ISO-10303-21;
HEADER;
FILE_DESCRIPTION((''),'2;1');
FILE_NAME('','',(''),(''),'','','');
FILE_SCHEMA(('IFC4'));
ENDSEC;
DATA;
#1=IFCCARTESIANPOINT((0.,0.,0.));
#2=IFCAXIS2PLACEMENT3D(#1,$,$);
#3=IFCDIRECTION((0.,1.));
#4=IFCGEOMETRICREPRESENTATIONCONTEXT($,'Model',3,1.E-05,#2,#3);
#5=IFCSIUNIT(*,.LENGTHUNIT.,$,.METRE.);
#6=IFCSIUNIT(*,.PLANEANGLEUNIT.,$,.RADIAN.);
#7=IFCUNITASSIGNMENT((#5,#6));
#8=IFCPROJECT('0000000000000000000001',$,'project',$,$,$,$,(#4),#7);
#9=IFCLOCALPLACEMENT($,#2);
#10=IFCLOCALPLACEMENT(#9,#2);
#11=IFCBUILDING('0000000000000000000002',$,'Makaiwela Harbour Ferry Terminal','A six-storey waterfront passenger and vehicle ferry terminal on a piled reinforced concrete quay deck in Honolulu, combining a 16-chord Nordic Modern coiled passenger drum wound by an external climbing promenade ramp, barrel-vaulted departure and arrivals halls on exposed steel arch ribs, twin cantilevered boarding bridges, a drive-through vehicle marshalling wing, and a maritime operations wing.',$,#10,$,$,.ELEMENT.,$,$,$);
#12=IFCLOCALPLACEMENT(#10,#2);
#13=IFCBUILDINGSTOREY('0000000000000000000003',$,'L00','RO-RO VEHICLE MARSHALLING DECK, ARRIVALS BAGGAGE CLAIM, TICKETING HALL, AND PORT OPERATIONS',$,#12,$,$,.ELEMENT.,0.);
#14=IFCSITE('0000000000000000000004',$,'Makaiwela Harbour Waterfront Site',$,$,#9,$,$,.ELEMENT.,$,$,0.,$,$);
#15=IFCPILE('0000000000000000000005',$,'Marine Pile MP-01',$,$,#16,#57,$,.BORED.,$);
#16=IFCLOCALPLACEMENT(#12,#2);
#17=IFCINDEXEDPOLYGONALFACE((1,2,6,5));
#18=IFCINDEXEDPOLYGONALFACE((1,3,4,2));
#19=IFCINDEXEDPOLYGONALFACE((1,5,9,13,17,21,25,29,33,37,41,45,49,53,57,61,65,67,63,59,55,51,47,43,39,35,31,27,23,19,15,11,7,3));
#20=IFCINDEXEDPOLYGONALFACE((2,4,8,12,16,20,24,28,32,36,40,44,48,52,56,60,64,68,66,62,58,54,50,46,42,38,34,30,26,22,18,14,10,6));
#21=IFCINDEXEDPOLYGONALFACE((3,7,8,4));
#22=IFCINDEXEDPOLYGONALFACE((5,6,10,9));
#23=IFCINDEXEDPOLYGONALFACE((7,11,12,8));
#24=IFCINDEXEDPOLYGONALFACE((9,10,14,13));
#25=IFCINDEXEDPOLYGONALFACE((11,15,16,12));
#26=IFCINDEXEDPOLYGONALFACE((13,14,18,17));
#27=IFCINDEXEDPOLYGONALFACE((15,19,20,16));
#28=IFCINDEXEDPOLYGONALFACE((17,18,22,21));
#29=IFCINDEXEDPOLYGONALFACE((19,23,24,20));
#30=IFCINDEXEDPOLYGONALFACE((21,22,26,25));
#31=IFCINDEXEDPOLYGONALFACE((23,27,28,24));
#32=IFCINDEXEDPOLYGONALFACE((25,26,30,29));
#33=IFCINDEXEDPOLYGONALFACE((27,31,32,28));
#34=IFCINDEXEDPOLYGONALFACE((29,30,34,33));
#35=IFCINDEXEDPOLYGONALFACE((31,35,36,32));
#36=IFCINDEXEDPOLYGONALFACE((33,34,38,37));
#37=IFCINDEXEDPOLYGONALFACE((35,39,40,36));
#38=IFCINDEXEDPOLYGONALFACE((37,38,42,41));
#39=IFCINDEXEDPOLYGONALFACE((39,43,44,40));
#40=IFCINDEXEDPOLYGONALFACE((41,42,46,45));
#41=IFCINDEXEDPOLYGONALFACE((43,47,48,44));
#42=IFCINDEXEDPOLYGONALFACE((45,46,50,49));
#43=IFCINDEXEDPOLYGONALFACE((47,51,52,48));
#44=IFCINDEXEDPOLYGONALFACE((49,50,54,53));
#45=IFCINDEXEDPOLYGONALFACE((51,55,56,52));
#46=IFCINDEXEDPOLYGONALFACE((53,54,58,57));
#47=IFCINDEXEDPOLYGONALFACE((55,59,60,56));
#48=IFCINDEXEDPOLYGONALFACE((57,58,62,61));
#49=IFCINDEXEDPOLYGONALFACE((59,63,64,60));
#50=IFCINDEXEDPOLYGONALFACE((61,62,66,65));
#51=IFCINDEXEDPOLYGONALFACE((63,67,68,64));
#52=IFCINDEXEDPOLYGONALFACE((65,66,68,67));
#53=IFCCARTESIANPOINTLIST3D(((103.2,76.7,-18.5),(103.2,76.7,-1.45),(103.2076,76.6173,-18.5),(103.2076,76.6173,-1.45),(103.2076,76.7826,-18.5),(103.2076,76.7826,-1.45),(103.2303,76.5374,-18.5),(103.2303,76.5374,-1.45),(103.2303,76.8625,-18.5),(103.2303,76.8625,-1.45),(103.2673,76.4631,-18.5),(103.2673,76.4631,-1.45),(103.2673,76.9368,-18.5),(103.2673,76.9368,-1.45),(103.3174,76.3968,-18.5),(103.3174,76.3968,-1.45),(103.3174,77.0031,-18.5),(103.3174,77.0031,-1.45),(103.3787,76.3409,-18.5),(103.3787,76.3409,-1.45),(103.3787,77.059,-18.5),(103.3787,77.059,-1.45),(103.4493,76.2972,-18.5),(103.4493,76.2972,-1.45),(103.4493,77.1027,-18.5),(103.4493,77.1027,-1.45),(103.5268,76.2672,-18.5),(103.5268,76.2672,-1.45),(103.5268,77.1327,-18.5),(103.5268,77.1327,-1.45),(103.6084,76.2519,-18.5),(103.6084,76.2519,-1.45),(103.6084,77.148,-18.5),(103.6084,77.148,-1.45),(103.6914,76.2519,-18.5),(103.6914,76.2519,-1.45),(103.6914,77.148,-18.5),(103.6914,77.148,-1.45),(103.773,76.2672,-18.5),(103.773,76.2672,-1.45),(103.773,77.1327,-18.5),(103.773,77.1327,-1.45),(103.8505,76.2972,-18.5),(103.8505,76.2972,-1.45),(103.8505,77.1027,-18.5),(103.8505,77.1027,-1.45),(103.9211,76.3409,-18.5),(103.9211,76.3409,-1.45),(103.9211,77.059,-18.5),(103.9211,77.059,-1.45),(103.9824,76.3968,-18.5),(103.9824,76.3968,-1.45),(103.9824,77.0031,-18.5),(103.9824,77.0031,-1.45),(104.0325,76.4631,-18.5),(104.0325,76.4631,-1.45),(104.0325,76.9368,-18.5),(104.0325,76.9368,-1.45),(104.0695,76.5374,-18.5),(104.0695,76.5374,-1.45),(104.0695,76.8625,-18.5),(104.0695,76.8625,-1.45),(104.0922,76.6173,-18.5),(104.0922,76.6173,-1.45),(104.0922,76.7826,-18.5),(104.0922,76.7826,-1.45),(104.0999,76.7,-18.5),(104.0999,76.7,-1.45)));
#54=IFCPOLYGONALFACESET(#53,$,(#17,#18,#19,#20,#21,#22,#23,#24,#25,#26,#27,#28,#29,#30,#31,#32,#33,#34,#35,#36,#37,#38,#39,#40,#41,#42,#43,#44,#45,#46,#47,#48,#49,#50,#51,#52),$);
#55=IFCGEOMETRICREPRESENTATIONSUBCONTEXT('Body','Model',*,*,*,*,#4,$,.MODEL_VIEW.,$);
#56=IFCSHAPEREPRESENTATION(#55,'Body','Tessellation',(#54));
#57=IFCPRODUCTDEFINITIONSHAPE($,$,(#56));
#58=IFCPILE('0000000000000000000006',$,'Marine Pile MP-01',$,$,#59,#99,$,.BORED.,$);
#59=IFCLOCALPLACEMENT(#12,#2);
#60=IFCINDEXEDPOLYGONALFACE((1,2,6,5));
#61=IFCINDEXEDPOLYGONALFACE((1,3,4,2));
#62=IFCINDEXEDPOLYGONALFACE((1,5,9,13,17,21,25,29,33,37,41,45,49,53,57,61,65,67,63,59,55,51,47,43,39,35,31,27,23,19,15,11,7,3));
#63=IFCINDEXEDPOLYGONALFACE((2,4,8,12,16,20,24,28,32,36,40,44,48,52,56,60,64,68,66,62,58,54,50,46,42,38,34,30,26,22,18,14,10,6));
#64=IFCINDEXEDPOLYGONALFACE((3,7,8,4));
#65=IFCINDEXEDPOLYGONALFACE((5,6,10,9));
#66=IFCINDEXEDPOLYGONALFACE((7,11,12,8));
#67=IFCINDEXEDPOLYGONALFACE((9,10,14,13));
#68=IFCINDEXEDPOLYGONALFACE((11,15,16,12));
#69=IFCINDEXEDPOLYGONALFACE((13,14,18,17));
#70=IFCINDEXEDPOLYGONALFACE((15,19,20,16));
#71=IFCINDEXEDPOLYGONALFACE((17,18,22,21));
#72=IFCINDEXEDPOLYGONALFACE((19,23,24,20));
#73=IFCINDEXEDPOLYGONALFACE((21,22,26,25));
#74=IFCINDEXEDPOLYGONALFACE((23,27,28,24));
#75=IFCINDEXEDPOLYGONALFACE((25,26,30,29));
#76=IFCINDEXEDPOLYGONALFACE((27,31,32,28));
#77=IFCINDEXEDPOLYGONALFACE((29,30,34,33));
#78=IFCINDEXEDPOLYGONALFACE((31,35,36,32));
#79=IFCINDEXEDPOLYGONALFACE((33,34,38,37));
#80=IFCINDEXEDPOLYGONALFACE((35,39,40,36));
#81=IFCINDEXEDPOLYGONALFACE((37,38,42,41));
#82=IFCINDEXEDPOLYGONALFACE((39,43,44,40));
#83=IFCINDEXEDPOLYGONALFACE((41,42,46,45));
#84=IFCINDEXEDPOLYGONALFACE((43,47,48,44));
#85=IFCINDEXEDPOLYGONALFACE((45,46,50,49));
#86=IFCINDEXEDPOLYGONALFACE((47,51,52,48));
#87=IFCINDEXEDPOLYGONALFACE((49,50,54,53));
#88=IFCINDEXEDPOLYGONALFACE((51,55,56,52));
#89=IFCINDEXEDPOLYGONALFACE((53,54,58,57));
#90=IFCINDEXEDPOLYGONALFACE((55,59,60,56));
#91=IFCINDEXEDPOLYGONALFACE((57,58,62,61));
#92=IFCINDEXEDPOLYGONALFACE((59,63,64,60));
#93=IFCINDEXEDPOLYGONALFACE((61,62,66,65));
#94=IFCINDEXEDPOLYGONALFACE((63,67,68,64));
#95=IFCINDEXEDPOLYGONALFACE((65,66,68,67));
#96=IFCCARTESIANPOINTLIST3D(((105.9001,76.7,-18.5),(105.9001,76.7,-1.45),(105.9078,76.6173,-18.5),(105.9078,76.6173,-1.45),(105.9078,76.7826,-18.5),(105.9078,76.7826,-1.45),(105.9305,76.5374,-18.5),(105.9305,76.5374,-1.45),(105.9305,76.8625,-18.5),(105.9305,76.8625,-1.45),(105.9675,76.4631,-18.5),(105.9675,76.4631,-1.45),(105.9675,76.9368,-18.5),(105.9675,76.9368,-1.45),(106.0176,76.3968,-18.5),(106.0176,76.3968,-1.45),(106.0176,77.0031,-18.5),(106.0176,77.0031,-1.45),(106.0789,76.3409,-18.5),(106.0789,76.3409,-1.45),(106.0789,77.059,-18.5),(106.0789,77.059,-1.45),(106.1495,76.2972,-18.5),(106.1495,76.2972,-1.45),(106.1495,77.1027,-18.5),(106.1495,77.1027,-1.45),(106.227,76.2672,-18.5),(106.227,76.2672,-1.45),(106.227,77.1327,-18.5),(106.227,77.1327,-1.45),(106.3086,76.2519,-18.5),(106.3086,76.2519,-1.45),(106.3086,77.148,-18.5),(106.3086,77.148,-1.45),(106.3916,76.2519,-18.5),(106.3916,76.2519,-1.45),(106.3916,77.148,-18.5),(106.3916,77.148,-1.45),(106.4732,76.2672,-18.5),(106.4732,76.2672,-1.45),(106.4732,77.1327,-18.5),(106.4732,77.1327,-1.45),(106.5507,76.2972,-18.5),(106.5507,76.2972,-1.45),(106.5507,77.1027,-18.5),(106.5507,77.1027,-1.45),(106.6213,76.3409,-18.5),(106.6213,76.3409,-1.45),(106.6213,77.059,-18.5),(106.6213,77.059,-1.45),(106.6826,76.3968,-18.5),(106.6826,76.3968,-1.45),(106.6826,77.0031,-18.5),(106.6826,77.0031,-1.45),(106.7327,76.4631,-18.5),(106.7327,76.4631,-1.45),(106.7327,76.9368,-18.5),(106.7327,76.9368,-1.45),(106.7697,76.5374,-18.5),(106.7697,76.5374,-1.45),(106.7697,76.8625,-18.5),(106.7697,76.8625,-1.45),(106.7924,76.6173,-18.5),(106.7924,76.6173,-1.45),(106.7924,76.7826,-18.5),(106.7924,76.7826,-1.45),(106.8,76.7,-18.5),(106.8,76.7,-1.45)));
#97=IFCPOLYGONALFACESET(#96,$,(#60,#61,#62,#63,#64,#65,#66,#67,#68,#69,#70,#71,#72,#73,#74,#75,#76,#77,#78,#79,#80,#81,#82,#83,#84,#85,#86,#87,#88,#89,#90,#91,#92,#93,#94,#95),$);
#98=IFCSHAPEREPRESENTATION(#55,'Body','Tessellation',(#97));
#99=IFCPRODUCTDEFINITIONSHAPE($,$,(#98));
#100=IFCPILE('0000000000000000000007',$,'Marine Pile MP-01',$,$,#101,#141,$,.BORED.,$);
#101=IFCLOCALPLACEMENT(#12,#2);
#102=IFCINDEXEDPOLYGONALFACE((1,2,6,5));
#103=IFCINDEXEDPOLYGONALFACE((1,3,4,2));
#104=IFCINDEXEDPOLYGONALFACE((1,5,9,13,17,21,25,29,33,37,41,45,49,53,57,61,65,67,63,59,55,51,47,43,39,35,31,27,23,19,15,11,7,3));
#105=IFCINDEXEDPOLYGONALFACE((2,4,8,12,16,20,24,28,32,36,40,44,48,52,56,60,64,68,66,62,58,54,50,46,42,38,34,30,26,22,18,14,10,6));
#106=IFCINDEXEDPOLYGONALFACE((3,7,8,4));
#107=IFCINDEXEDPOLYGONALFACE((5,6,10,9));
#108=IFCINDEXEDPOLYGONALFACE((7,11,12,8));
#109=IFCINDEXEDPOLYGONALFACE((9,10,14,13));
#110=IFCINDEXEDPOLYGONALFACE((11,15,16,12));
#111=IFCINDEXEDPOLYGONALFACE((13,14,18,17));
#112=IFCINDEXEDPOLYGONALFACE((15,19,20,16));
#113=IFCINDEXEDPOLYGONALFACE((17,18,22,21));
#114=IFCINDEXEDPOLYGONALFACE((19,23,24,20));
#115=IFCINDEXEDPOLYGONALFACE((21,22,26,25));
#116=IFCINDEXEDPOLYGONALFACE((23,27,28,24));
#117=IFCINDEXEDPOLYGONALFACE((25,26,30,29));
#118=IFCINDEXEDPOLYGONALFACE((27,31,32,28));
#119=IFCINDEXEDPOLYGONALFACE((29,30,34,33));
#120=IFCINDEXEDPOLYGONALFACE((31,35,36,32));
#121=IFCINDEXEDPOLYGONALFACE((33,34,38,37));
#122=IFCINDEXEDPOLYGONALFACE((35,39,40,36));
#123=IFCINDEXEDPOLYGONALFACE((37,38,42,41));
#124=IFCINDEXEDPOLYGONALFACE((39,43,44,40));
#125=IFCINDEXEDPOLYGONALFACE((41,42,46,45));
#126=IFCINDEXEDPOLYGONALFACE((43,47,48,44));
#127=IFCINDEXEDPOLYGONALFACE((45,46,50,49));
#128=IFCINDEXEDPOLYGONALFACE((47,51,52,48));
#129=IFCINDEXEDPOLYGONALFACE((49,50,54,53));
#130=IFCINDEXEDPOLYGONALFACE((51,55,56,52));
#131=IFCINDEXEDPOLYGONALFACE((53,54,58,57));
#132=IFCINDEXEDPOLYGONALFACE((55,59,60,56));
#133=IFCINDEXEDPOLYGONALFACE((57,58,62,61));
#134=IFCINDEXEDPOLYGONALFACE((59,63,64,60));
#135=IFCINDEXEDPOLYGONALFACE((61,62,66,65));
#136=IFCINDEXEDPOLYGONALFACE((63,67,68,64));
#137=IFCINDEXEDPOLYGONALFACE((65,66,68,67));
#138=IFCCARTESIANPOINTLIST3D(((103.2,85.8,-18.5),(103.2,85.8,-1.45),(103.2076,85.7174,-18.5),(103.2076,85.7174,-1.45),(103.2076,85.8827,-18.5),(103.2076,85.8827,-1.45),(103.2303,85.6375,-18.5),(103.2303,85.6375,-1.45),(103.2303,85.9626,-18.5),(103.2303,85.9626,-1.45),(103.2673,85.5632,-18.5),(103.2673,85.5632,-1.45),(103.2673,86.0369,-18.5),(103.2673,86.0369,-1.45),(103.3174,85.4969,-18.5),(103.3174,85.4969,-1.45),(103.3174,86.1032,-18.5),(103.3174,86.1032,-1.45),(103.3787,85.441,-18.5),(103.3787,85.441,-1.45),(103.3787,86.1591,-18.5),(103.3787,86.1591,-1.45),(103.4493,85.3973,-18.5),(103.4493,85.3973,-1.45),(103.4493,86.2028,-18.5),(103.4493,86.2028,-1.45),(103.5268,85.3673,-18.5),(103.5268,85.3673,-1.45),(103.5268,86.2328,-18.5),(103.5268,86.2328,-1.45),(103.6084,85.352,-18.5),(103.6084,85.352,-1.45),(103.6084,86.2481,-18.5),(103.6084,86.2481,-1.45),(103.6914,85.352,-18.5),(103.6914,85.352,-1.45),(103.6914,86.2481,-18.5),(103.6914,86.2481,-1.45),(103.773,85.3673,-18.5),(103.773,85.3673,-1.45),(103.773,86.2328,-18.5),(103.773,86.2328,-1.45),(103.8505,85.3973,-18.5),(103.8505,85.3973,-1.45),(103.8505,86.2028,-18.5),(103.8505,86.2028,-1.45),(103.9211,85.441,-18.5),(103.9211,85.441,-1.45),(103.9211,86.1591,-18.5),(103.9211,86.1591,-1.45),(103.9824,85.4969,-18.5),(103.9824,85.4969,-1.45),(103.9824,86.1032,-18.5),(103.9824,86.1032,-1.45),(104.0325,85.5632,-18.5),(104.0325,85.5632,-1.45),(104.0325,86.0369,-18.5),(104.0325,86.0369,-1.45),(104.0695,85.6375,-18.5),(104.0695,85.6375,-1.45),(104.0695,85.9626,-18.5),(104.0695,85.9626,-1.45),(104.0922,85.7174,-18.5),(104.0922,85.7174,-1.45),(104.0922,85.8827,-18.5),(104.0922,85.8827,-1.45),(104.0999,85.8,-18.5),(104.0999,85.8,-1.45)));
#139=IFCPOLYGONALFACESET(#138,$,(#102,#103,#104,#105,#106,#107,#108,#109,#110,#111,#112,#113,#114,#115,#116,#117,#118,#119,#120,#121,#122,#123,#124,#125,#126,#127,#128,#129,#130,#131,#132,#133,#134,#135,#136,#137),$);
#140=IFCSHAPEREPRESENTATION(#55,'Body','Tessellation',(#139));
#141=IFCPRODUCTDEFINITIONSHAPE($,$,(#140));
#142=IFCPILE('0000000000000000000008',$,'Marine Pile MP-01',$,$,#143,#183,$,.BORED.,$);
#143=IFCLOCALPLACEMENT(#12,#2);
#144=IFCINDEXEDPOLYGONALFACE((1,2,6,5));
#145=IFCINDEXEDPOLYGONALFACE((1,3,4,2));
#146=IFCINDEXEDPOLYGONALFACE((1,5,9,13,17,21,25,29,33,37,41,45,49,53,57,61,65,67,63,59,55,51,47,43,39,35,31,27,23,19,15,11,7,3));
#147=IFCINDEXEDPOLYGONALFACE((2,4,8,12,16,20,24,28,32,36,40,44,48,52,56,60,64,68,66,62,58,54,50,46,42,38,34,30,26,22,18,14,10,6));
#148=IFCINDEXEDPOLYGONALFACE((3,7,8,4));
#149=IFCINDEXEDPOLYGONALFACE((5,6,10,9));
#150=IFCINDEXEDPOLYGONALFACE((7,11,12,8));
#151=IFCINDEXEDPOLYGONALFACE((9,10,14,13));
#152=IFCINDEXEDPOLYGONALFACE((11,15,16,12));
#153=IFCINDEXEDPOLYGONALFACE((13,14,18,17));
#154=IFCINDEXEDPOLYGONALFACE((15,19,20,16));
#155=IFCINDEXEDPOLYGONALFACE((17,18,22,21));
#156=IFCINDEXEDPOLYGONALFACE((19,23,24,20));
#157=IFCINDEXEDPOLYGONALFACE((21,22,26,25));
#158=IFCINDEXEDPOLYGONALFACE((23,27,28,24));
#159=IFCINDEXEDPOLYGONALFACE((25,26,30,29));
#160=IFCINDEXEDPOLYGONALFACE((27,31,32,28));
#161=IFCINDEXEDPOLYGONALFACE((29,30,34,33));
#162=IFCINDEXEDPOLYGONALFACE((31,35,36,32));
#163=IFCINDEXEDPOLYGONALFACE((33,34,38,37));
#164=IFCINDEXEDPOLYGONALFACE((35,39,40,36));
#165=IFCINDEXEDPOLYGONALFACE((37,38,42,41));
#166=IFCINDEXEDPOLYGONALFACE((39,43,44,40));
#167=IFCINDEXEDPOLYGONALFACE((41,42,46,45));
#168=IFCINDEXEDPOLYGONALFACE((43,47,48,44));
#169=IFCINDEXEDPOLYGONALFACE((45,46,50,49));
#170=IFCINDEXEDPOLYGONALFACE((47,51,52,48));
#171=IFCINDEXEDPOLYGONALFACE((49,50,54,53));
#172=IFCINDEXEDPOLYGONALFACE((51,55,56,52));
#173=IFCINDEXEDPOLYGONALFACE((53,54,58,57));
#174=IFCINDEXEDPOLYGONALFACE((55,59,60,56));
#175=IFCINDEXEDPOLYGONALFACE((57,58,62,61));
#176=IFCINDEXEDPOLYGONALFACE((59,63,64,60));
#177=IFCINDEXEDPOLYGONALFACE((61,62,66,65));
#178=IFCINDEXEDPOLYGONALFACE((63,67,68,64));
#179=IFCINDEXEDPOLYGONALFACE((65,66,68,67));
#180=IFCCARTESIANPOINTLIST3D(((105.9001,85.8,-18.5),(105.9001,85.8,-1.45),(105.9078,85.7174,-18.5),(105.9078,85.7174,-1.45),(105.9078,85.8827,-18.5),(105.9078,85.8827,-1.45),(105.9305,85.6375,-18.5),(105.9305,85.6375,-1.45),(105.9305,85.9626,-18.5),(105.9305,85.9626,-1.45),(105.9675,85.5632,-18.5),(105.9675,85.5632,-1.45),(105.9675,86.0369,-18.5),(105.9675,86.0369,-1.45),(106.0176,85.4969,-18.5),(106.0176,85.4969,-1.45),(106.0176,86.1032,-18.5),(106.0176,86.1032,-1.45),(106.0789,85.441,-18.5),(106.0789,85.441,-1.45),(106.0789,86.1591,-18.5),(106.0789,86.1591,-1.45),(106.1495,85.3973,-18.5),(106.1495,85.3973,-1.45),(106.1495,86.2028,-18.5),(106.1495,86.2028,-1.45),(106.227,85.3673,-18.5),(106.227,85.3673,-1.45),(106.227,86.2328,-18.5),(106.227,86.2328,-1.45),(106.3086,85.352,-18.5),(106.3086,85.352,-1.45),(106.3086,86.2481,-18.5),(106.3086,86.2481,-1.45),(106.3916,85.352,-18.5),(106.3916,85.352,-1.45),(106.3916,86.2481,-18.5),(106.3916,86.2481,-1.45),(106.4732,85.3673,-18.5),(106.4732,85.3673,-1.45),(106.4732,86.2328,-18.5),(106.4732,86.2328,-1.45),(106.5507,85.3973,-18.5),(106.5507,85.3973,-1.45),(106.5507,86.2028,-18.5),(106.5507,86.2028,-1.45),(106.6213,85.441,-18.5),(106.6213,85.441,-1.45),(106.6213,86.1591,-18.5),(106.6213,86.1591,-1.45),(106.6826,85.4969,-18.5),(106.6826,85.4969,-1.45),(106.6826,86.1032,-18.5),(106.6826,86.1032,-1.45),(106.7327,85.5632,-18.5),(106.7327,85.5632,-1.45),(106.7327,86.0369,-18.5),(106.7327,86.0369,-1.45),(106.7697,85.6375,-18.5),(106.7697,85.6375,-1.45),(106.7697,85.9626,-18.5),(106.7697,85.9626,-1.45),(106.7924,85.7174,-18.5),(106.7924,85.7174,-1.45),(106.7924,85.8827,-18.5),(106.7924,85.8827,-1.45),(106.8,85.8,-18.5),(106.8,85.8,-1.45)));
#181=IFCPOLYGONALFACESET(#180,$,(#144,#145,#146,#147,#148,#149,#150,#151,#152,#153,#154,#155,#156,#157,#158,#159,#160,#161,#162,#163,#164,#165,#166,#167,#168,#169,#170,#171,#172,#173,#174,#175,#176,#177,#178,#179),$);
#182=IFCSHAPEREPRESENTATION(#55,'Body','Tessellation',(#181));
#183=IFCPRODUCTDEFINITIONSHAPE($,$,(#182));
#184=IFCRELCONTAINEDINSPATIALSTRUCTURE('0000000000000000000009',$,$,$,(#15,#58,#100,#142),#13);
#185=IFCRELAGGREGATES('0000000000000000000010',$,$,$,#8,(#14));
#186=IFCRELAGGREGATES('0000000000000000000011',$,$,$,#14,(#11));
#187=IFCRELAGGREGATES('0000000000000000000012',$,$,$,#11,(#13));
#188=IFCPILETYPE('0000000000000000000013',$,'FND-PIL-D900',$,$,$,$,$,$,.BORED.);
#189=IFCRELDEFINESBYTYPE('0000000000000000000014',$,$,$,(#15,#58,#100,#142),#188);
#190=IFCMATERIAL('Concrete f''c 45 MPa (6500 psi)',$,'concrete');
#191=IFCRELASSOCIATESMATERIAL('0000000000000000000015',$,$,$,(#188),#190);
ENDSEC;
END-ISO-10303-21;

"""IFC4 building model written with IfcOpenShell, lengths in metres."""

from ifc_helpers import new_model, si_unit, direction, frame, origin, origin_2d, place, context, subcontext, project, spatial, circle, extrude, material, material_profile, profile_set, type_object, element, save


model = new_model("IFC4")

# Units and contexts
model_context = context("Model", 3, precision=1e-05, world=origin(), true_north=direction((0.0, 1.0)))
body_context = subcontext(model_context, "Body", "Model", "MODEL_VIEW")
ifc_project = project(units=[si_unit("LENGTHUNIT", "METRE"), si_unit("PLANEANGLEUNIT", "RADIAN")], contexts=[model_context])

# Site, building, storey
site_placement = place(None, origin())
site = spatial("IfcSite", under=ifc_project, at=site_placement, Name="Makaiwela Harbour Waterfront Site", CompositionType="ELEMENT", RefElevation=0.0)
building_placement = place(site_placement, origin())
building = spatial("IfcBuilding", under=site, at=building_placement, Name="Makaiwela Harbour Ferry Terminal", Description="A six-storey waterfront passenger and vehicle ferry terminal on a piled reinforced concrete quay deck in Honolulu, combining a 16-chord Nordic Modern coiled passenger drum wound by an external climbing promenade ramp, barrel-vaulted departure and arrivals halls on exposed steel arch ribs, twin cantilevered boarding bridges, a drive-through vehicle marshalling wing, and a maritime operations wing.", CompositionType="ELEMENT")
storey_placement = place(building_placement, origin())
storey = spatial("IfcBuildingStorey", under=building, at=storey_placement, Name="L00", Description="RO-RO VEHICLE MARSHALLING DECK, ARRIVALS BAGGAGE CLAIM, TICKETING HALL, AND PORT OPERATIONS", CompositionType="ELEMENT", Elevation=0.0)

# Shared definitions
ifc_material_1 = material(Name="Concrete f'c 45 MPa (6500 psi)", Category="concrete")

# Piles
ifc_material_profile_1 = material_profile(ifc_material_1, circle(Radius=0.45, at=origin_2d()), Name="PILE-D900")
ifc_profile_set_1 = profile_set([ifc_material_profile_1], Name="Concrete f'c 45 MPa (6500 psi)")
pile_type = type_object("IfcPileType", Name="FND-PIL-D900", PredefinedType="BORED", material=ifc_profile_set_1)
for number, where, z_axis, x_axis, name in (
    (1, (103.6499, 76.7, -1.45), (0.0, 0.0, -1.0), (1.0, 0.0, 0.0), "Marine Pile MP-01"),
    (2, (106.3501, 76.7, -1.45), (0.0, 0.0, -1.0), (1.0, 0.0, 0.0), "Marine Pile MP-01"),
    (3, (103.6499, 85.8, -1.45), (0.0, 0.0, -1.0), (1.0, 0.0, 0.0), "Marine Pile MP-01"),
    (4, (106.3501, 85.8, -1.45), (0.0, 0.0, -1.0), (1.0, 0.0, 0.0), "Marine Pile MP-01"),
):
    element("IfcPile", number, at=place(storey_placement, frame(where, z_axis=z_axis, x_axis=x_axis)), inside=storey, type_object=pile_type, Name=name, PredefinedType="BORED", context=body_context, shape_type="SweptSolid", body=[
        extrude(circle(Radius=0.45, at=origin_2d()), origin(), (0.0, 0.0, 1.0), 17.05),
    ])

save(model, "model.ifc")
